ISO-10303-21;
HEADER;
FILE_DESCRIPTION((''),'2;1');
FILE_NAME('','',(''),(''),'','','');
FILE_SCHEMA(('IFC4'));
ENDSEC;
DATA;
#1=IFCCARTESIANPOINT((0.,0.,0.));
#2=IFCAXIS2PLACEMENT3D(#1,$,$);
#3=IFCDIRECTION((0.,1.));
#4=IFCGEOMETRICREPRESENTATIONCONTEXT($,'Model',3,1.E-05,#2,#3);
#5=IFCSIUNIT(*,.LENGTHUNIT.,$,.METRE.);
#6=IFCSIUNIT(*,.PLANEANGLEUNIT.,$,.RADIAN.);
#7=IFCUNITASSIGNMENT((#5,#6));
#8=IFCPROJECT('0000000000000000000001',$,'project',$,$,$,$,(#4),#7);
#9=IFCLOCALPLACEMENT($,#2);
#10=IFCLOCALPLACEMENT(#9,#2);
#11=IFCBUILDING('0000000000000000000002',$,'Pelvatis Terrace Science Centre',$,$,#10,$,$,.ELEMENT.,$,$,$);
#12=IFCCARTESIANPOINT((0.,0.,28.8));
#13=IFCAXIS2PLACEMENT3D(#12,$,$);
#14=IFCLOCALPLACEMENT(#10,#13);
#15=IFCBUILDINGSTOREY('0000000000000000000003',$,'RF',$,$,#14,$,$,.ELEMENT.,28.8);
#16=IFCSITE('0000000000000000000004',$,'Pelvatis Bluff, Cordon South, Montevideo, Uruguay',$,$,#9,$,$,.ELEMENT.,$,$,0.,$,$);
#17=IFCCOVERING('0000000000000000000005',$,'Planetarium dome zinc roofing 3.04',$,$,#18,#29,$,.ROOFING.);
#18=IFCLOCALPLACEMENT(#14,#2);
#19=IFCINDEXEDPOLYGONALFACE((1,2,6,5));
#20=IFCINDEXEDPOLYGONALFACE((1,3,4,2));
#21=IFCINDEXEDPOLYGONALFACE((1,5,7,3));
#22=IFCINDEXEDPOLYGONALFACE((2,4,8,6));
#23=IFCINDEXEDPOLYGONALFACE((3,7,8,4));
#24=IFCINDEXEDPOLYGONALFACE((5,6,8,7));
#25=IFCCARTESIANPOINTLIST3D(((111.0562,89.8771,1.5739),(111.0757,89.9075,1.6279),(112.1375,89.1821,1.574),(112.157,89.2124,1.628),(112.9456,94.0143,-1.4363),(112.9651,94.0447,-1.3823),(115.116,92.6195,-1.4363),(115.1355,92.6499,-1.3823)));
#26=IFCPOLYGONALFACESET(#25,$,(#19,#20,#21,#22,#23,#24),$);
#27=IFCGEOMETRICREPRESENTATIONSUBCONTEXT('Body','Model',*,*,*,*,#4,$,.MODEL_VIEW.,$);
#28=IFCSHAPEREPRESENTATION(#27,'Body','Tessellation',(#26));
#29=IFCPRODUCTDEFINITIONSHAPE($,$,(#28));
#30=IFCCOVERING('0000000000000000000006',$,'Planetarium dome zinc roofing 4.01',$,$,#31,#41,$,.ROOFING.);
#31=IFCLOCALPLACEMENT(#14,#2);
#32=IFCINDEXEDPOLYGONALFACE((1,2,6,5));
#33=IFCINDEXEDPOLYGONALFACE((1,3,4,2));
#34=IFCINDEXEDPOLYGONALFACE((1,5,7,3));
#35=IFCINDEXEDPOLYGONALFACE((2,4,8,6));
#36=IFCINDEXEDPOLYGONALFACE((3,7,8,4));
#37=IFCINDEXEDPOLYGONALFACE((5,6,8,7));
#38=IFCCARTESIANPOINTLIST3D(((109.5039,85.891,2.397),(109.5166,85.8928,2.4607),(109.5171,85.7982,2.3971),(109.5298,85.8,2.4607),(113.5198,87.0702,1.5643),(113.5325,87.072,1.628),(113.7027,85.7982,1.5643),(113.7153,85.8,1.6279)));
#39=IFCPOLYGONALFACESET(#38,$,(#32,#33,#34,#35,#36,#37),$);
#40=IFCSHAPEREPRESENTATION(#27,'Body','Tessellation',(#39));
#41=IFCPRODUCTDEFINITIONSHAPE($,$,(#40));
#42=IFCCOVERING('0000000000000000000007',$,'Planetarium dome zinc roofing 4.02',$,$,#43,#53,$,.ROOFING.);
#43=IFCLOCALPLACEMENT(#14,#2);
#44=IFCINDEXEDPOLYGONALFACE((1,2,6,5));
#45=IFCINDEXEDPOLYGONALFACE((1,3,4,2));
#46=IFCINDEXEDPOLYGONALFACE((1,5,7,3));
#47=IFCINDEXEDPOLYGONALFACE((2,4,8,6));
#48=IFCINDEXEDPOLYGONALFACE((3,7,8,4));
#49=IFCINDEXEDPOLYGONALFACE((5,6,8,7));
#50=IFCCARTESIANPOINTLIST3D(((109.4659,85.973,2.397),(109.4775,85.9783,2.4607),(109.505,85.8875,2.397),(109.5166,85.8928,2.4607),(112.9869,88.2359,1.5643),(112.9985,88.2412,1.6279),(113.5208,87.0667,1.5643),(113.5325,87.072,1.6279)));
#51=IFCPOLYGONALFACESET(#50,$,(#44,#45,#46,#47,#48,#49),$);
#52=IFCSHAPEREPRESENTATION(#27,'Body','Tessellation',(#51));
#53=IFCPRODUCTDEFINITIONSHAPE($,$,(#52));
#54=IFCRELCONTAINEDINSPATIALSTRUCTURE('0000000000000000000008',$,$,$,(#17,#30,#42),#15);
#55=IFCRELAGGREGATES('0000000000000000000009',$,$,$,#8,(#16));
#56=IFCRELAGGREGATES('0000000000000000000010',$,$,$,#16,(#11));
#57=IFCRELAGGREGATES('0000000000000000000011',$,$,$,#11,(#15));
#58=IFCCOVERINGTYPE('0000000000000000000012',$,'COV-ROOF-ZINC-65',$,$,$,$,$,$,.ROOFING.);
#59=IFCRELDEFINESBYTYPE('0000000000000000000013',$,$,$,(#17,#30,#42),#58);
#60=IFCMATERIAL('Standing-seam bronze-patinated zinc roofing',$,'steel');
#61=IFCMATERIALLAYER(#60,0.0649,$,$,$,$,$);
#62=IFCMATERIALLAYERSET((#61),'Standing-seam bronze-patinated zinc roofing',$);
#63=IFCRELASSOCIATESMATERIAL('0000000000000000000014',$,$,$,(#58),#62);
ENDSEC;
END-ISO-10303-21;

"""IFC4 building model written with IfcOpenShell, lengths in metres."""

from ifc_helpers import new_model, si_unit, direction, frame, origin, place, context, subcontext, project, spatial, polyline, outline, extrude, material, layer, layer_set, type_object, element, save


model = new_model("IFC4")

# Units and contexts
model_context = context("Model", 3, precision=1e-05, world=origin(), true_north=direction((0.0, 1.0)))
body_context = subcontext(model_context, "Body", "Model", "MODEL_VIEW")
ifc_project = project(units=[si_unit("LENGTHUNIT", "METRE"), si_unit("PLANEANGLEUNIT", "RADIAN")], contexts=[model_context])

# Site, building, storey
site_placement = place(None, origin())
site = spatial("IfcSite", under=ifc_project, at=site_placement, Name="Pelvatis Bluff, Cordon South, Montevideo, Uruguay", CompositionType="ELEMENT", RefElevation=0.0)
building_placement = place(site_placement, origin())
building = spatial("IfcBuilding", under=site, at=building_placement, Name="Pelvatis Terrace Science Centre", CompositionType="ELEMENT")
storey_placement = place(building_placement, frame((0.0, 0.0, 28.8)))
storey = spatial("IfcBuildingStorey", under=building, at=storey_placement, Name="RF", CompositionType="ELEMENT", Elevation=28.8)

# Coverings
ifc_material_1 = material(Name="Standing-seam bronze-patinated zinc roofing", Category="steel")
ifc_layer_1 = layer(ifc_material_1, 0.0649)
ifc_layer_set_1 = layer_set([ifc_layer_1], Name="Standing-seam bronze-patinated zinc roofing")
covering_type = type_object("IfcCoveringType", Name="COV-ROOF-ZINC-65", PredefinedType="ROOFING", material=ifc_layer_set_1)
covering_1_placement = place(storey_placement, frame((115.1355, 92.6499, -1.3823), z_axis=(0.300519, 0.467594, 0.831291), x_axis=(-0.841258, 0.540634, 0.000019)))
element("IfcCovering", 1, at=covering_1_placement, inside=storey, type_object=covering_type, Name="Planetarium dome zinc roofing 3.04", PredefinedType="ROOFING", context=body_context, shape_type="SweptSolid", body=[
    extrude(outline(polyline([(0.0, 0.0), (2.5799, 0.0), (1.9328, 5.4156), (0.6473, 5.4158), (0.0, 0.0)])), origin(), (0.0, 0.0, -1.0), 0.0649),
])
covering_2_placement = place(storey_placement, frame((113.7153, 85.8, 1.6279), z_axis=(0.195067, 0.028021, 0.98039), x_axis=(-0.142295, 0.989824, 0.000021)))
element("IfcCovering", 2, at=covering_2_placement, inside=storey, type_object=covering_type, Name="Planetarium dome zinc roofing 4.01", PredefinedType="ROOFING", context=body_context, shape_type="SweptSolid", body=[
    extrude(outline(polyline([(0.0, 0.0), (1.285, 0.0), (0.6893, 4.2257), (0.5956, 4.2258), (0.0, 0.0)])), origin(), (0.0, 0.0, -1.0), 0.0649),
])
covering_3_placement = place(storey_placement, frame((113.5325, 87.072, 1.6279), z_axis=(0.17926, 0.081869, 0.980389), x_axis=(-0.415406, 0.909636, -0.000005)))
element("IfcCovering", 3, at=covering_3_placement, inside=storey, type_object=covering_type, Name="Planetarium dome zinc roofing 4.02", PredefinedType="ROOFING", context=body_context, shape_type="SweptSolid", body=[
    extrude(outline(polyline([(0.0, 0.0), (1.2853, 0.0), (0.6895, 4.2257), (0.5956, 4.2257), (0.0, 0.0)])), origin(), (0.0, 0.0, -1.0), 0.0649),
])

save(model, "model.ifc")
